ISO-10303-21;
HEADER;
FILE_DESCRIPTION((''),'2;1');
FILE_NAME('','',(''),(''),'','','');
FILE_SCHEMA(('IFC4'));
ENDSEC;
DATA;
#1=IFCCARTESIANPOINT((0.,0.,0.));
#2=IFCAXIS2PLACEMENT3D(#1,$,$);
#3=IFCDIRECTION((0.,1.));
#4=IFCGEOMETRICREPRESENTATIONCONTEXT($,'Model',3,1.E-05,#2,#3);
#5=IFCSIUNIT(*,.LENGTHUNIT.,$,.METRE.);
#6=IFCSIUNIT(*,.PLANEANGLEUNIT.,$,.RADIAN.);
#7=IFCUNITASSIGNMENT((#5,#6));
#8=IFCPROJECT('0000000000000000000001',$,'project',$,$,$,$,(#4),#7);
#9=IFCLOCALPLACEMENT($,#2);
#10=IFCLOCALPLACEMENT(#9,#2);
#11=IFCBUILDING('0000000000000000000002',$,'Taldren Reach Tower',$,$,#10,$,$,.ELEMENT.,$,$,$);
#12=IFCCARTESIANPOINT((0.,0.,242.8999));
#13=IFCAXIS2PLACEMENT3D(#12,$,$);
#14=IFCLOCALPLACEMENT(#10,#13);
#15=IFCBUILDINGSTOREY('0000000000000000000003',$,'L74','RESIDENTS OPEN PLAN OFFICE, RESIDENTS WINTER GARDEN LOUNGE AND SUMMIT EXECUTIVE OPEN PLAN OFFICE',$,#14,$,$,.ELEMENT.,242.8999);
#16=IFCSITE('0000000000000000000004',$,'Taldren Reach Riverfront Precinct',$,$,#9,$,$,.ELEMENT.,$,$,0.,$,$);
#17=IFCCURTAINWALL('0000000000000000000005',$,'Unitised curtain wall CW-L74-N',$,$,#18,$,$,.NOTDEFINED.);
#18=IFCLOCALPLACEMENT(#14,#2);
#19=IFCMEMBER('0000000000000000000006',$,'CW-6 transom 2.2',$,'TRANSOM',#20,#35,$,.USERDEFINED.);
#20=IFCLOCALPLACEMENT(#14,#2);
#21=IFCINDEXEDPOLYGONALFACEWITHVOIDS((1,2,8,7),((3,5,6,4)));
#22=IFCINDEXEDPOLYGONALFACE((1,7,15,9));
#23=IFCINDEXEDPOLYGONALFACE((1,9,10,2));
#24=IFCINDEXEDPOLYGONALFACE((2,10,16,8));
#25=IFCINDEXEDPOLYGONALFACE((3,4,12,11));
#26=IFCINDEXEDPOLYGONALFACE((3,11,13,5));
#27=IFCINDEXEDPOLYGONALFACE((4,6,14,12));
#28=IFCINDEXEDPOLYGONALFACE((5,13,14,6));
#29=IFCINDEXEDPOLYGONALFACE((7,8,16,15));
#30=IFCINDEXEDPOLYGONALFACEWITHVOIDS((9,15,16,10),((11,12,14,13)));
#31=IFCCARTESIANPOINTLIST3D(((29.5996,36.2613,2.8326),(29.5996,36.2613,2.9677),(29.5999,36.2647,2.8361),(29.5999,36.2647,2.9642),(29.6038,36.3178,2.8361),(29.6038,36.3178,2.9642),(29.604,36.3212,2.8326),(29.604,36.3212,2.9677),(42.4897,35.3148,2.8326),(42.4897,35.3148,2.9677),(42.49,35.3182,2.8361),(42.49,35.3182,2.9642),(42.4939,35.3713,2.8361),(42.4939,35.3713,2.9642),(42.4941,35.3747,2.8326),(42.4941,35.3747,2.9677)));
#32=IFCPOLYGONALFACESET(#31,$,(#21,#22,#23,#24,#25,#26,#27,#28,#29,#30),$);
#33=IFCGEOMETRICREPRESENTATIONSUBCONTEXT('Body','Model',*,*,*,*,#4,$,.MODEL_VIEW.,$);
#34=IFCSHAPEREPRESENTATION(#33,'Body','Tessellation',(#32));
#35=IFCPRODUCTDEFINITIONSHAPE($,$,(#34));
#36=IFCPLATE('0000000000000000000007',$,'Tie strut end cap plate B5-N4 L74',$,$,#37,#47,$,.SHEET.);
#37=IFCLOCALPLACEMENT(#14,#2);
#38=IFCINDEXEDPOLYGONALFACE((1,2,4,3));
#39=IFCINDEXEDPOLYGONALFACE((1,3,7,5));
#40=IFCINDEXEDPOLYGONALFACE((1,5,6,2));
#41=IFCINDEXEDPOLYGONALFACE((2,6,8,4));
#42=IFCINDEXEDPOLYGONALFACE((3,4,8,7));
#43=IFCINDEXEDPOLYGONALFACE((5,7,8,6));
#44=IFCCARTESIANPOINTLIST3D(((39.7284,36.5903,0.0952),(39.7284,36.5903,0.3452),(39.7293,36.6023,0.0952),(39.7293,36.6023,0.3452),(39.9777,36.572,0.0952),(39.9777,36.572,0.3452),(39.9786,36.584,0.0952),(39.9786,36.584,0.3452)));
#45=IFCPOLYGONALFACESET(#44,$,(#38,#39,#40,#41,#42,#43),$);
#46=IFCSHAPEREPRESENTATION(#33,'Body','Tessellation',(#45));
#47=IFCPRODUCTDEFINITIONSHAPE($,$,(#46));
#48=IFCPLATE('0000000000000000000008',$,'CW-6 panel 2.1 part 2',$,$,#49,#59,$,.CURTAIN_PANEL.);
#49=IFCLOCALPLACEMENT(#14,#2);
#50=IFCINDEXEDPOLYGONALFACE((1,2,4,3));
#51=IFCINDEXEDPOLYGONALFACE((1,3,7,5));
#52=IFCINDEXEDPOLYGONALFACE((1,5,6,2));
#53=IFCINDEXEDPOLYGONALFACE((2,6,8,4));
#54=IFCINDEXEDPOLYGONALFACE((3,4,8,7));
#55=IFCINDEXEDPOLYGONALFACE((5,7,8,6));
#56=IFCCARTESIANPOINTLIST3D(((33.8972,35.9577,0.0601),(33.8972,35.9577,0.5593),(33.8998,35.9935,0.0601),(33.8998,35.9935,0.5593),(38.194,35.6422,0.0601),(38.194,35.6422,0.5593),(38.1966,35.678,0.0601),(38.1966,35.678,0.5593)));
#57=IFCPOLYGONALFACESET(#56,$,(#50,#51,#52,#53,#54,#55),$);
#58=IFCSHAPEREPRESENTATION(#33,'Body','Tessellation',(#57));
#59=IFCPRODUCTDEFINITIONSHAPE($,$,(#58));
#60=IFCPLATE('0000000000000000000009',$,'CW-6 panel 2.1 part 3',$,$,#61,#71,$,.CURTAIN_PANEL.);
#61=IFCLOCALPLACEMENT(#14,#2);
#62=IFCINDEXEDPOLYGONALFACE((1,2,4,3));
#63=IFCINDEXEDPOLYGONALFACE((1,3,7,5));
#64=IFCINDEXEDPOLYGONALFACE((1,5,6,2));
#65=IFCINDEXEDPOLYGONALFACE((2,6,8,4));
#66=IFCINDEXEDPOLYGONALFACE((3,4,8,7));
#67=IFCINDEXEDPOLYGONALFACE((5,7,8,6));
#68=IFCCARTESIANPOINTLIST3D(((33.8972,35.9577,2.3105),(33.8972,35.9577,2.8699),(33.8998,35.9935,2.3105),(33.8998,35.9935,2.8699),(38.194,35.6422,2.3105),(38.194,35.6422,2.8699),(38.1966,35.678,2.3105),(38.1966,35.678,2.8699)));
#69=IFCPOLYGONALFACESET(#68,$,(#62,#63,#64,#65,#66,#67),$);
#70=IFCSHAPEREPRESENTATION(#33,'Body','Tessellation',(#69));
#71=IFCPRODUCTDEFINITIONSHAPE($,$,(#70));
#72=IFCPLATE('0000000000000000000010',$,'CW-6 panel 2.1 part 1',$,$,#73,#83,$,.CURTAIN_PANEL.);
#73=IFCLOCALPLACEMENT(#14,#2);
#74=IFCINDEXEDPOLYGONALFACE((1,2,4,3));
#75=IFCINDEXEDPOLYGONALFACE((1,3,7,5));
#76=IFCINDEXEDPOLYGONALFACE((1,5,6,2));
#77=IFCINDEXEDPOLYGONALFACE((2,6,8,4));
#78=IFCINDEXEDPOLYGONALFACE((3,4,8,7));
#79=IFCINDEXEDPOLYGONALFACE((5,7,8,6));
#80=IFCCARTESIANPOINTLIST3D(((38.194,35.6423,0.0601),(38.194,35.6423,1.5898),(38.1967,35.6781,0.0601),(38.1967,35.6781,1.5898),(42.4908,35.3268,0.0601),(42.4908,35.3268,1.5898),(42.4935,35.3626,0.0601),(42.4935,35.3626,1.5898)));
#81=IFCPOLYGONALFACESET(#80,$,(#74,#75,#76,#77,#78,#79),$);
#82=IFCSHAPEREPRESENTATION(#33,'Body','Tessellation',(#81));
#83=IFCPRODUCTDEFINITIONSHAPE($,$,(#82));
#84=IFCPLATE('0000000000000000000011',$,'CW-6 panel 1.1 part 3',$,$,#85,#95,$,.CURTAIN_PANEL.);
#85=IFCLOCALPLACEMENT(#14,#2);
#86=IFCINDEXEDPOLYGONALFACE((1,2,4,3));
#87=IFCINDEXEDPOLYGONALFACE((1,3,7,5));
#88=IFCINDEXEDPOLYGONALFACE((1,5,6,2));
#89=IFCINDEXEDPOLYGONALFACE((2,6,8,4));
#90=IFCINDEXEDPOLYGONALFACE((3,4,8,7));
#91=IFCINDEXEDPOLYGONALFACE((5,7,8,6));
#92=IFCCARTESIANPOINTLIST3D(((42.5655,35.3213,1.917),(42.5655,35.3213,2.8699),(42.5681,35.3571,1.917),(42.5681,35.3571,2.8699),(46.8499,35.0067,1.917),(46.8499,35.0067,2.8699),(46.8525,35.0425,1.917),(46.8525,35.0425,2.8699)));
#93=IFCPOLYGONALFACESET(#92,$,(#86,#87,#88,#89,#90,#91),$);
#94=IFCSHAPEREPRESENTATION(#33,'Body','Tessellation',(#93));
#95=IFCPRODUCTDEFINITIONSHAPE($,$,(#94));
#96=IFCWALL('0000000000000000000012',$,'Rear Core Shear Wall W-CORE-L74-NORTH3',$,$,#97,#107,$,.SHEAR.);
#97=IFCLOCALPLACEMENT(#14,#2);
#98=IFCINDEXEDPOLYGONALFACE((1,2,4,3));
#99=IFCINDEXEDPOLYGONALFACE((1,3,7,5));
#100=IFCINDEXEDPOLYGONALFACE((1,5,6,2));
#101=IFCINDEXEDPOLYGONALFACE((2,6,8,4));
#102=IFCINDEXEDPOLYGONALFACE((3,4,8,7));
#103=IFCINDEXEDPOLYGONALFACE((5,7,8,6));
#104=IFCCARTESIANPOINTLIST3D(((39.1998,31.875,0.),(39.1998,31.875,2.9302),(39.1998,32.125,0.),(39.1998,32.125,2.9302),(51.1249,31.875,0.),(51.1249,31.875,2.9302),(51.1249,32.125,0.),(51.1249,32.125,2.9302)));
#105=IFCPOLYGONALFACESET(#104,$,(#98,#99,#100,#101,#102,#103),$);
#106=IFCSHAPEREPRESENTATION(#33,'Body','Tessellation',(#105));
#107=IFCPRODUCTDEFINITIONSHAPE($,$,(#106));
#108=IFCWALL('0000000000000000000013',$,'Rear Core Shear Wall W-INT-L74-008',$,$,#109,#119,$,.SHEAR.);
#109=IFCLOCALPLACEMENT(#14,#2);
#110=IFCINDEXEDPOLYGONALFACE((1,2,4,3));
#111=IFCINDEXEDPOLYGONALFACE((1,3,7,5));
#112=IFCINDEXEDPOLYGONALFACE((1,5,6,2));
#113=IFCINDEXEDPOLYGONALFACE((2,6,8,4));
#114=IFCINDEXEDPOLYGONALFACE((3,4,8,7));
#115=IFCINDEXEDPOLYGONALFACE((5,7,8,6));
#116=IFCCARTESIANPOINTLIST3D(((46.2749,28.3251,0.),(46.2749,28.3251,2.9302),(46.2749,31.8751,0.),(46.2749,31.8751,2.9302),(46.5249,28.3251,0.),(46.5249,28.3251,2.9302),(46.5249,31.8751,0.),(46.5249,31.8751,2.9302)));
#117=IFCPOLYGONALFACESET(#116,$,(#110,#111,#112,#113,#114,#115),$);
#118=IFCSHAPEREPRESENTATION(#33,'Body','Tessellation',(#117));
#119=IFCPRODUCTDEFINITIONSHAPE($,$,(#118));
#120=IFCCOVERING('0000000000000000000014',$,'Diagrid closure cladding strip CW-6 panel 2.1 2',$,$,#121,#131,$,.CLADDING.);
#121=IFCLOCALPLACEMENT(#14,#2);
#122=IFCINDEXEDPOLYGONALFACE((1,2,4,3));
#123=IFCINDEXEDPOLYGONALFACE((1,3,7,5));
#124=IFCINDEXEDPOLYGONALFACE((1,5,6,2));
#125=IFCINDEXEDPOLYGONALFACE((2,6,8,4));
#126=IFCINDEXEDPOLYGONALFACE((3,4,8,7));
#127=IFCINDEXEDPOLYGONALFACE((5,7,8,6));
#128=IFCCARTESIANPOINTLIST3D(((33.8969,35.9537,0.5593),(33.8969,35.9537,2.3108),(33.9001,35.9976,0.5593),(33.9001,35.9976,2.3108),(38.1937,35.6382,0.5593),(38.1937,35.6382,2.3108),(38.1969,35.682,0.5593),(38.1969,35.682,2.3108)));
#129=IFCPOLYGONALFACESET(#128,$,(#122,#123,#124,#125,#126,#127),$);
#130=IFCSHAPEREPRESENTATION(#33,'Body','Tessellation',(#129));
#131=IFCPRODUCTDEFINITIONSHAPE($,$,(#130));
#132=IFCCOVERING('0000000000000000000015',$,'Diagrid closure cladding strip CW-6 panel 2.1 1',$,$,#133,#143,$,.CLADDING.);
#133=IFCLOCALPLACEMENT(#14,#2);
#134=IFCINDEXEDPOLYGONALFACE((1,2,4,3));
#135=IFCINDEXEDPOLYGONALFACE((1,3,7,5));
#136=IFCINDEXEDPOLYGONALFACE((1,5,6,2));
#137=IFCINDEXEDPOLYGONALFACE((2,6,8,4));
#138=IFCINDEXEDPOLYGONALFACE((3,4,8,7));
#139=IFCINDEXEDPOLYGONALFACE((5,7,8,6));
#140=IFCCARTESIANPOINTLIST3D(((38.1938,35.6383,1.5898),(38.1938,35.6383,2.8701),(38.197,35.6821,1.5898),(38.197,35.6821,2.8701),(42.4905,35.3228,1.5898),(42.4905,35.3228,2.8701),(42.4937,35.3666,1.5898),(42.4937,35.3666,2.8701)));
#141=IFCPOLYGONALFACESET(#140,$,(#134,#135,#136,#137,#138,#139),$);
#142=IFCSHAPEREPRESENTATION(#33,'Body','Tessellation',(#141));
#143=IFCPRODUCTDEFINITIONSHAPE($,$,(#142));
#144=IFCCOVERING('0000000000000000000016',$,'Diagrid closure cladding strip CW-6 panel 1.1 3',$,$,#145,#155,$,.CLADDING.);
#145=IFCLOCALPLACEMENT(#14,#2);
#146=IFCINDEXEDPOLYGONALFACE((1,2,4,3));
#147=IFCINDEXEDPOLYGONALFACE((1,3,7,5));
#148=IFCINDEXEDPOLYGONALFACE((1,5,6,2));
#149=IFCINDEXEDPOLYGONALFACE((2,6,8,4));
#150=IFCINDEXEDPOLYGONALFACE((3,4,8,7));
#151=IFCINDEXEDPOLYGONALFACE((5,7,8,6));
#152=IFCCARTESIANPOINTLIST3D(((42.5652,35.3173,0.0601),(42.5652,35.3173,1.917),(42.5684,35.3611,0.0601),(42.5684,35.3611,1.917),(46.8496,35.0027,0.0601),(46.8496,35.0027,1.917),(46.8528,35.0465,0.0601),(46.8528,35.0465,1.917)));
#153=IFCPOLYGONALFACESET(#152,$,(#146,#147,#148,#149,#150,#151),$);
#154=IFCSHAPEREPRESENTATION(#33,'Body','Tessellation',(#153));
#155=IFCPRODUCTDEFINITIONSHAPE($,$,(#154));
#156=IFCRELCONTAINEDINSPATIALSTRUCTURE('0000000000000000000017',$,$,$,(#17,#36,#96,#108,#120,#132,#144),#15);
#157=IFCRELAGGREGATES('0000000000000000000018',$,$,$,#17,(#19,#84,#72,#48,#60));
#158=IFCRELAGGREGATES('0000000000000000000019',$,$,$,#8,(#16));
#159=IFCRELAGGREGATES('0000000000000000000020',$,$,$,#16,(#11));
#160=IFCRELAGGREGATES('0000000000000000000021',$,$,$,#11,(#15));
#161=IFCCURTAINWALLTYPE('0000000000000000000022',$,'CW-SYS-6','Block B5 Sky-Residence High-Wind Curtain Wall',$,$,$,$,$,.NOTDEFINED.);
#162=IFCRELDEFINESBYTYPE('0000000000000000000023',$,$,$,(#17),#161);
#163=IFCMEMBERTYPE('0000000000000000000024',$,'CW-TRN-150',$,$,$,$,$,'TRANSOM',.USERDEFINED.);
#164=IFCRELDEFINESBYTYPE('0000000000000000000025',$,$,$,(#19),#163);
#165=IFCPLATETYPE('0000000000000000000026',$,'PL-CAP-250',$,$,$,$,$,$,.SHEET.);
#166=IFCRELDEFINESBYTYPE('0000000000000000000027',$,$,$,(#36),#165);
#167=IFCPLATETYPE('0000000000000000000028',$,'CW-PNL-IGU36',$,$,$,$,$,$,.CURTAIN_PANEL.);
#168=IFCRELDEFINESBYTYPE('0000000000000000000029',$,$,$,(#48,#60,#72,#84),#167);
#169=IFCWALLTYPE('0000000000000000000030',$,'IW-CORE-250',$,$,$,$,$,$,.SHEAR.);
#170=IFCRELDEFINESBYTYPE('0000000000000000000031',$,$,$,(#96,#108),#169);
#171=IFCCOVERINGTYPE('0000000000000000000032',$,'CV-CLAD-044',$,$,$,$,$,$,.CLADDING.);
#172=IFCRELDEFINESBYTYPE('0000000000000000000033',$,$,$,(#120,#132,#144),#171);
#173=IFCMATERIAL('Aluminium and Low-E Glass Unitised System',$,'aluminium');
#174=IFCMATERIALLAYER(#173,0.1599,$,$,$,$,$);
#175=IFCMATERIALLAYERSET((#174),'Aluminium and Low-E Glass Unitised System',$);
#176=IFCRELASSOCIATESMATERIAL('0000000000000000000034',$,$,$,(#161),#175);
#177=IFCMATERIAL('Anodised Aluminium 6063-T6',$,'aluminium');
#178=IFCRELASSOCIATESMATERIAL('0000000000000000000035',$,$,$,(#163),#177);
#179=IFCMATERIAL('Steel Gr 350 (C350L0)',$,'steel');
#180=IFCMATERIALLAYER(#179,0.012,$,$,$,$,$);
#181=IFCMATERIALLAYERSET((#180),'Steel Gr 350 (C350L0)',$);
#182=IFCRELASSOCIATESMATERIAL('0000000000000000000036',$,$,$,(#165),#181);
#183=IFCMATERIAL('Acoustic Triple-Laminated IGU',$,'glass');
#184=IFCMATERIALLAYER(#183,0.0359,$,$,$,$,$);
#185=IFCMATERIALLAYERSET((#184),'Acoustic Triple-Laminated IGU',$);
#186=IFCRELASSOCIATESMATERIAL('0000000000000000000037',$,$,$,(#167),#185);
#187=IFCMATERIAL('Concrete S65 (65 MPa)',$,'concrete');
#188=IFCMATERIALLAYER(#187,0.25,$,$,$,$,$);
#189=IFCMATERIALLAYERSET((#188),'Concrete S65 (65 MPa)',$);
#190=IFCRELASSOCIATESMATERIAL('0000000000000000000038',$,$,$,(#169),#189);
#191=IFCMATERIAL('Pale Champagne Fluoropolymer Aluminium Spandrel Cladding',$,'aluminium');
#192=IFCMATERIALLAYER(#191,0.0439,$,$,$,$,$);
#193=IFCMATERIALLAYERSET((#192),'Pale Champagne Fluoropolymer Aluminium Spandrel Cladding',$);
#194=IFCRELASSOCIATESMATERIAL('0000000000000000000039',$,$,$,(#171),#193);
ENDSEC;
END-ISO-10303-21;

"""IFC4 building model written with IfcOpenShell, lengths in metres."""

from ifc_helpers import new_model, si_unit, direction, frame, frame_2d, origin, origin_2d, place, context, subcontext, project, spatial, rectangle, hollow_rectangle, extrude, source, transform, mapped, material, layer, layer_set, material_profile, profile_set, type_object, element, aggregate, save


model = new_model("IFC4")

# Units and contexts
model_context = context("Model", 3, precision=1e-05, world=origin(), true_north=direction((0.0, 1.0)))
body_context = subcontext(model_context, "Body", "Model", "MODEL_VIEW")
ifc_project = project(units=[si_unit("LENGTHUNIT", "METRE"), si_unit("PLANEANGLEUNIT", "RADIAN")], contexts=[model_context])

# Site, building, storey
site_placement = place(None, origin())
site = spatial("IfcSite", under=ifc_project, at=site_placement, Name="Taldren Reach Riverfront Precinct", CompositionType="ELEMENT", RefElevation=0.0)
building_placement = place(site_placement, origin())
building = spatial("IfcBuilding", under=site, at=building_placement, Name="Taldren Reach Tower", CompositionType="ELEMENT")
storey_placement = place(building_placement, frame((0.0, 0.0, 242.8999)))
storey = spatial("IfcBuildingStorey", under=building, at=storey_placement, Name="L74", Description="RESIDENTS OPEN PLAN OFFICE, RESIDENTS WINTER GARDEN LOUNGE AND SUMMIT EXECUTIVE OPEN PLAN OFFICE", CompositionType="ELEMENT", Elevation=242.8999)

# Shared definitions
ifc_material_1 = material(Name="Steel Gr 350 (C350L0)", Category="steel")

# Curtain wall, member
ifc_material_2 = material(Name="Aluminium and Low-E Glass Unitised System", Category="aluminium")
ifc_layer_1 = layer(ifc_material_2, 0.1599)
ifc_layer_set_1 = layer_set([ifc_layer_1], Name="Aluminium and Low-E Glass Unitised System")
curtain_wall_type = type_object("IfcCurtainWallType", Name="CW-SYS-6", Description="Block B5 Sky-Residence High-Wind Curtain Wall", PredefinedType="NOTDEFINED", material=ifc_layer_set_1)
curtain_wall_placement = place(storey_placement, origin())
curtain_wall = element("IfcCurtainWall", 1, at=curtain_wall_placement, inside=storey, type_object=curtain_wall_type, Name="Unitised curtain wall CW-L74-N", PredefinedType="NOTDEFINED")
ifc_material_3 = material(Name="Anodised Aluminium 6063-T6", Category="aluminium")
ifc_material_profile_1 = material_profile(ifc_material_3, hollow_rectangle(XDim=0.0601, YDim=0.135, WallThickness=0.0034, at=origin_2d()), Name="ALU-135x60x3.5RHS")
ifc_profile_set_1 = profile_set([ifc_material_profile_1], Name="Anodised Aluminium 6063-T6")
member_type_1 = type_object("IfcMemberType", Name="CW-TRN-150", ElementType="TRANSOM", PredefinedType="USERDEFINED", material=ifc_profile_set_1)
shared_shape_1 = source(origin(), body_context, "Body", "SweptSolid", [
    extrude(hollow_rectangle(XDim=0.0601, YDim=0.135, WallThickness=0.0034, at=origin_2d()), origin(), (0.0, 0.0, 1.0), 12.9248),
])
member_1_placement = place(storey_placement, frame((42.4919, 35.3447, 2.9001), z_axis=(-0.997315, 0.073234, 0.0), x_axis=(-0.073234, -0.997315, 0.0)))
member_1 = element("IfcMember", 2, at=member_1_placement, type_object=member_type_1, Name="CW-6 transom 2.2", ObjectType="TRANSOM", PredefinedType="USERDEFINED", context=body_context, shape_type="MappedRepresentation", body=[
    mapped(shared_shape_1, transform((0.0, 0.0, 0.0), scale=1.0)),
])

# Plates
ifc_layer_2 = layer(ifc_material_1, 0.012)
ifc_layer_set_2 = layer_set([ifc_layer_2], Name="Steel Gr 350 (C350L0)")
plate_type_1 = type_object("IfcPlateType", Name="PL-CAP-250", PredefinedType="SHEET", material=ifc_layer_set_2)
shared_shape_2 = source(origin(), body_context, "Body", "SweptSolid", [
    extrude(rectangle(XDim=0.25, YDim=0.012, at=origin_2d()), origin(), (0.0, 0.0, 1.0), 0.25),
])
plate_1_placement = place(storey_placement, frame((39.8535, 36.5872, 0.0952), z_axis=(0.0, 0.0, 1.0), x_axis=(0.997314, -0.073238, 0.0)))
element("IfcPlate", 3, at=plate_1_placement, inside=storey, type_object=plate_type_1, Name="Tie strut end cap plate B5-N4 L74", PredefinedType="SHEET", context=body_context, shape_type="MappedRepresentation", body=[
    mapped(shared_shape_2, transform((0.0, 0.0, 0.0), scale=1.0)),
])
ifc_material_4 = material(Name="Acoustic Triple-Laminated IGU", Category="glass")
ifc_layer_3 = layer(ifc_material_4, 0.0359)
ifc_layer_set_3 = layer_set([ifc_layer_3], Name="Acoustic Triple-Laminated IGU")
plate_type_2 = type_object("IfcPlateType", Name="CW-PNL-IGU36", PredefinedType="CURTAIN_PANEL", material=ifc_layer_set_3)
shared_shape_3 = source(origin(), body_context, "Body", "SweptSolid", [
    extrude(rectangle(XDim=4.3083, YDim=0.0359, at=origin_2d()), origin(), (0.0, 0.0, 1.0), 0.4993),
])
plate_2_placement = place(storey_placement, frame((36.0469, 35.8179, 0.0601), z_axis=(0.0, 0.0, 1.0), x_axis=(-0.997314, 0.073238, 0.0)))
plate_2 = element("IfcPlate", 4, at=plate_2_placement, type_object=plate_type_2, Name="CW-6 panel 2.1 part 2", PredefinedType="CURTAIN_PANEL", context=body_context, shape_type="MappedRepresentation", body=[
    mapped(shared_shape_3, transform((0.0, 0.0, 0.0), scale=1.0)),
])
shared_shape_4 = source(origin(), body_context, "Body", "SweptSolid", [
    extrude(rectangle(XDim=4.3083, YDim=0.0359, at=origin_2d()), origin(), (0.0, 0.0, 1.0), 0.5593),
])
plate_3_placement = place(storey_placement, frame((36.0469, 35.8179, 2.3105), z_axis=(0.0, 0.0, 1.0), x_axis=(-0.997314, 0.073238, 0.0)))
plate_3 = element("IfcPlate", 5, at=plate_3_placement, type_object=plate_type_2, Name="CW-6 panel 2.1 part 3", PredefinedType="CURTAIN_PANEL", context=body_context, shape_type="MappedRepresentation", body=[
    mapped(shared_shape_4, transform((0.0, 0.0, 0.0), scale=1.0)),
])
shared_shape_5 = source(origin(), body_context, "Body", "SweptSolid", [
    extrude(rectangle(XDim=4.3083, YDim=0.0359, at=origin_2d()), origin(), (0.0, 0.0, 1.0), 1.5298),
])
plate_4_placement = place(storey_placement, frame((40.3438, 35.5024, 0.0601), z_axis=(0.0, 0.0, 1.0), x_axis=(-0.997314, 0.073238, 0.0)))
plate_4 = element("IfcPlate", 6, at=plate_4_placement, type_object=plate_type_2, Name="CW-6 panel 2.1 part 1", PredefinedType="CURTAIN_PANEL", context=body_context, shape_type="MappedRepresentation", body=[
    mapped(shared_shape_5, transform((0.0, 0.0, 0.0), scale=1.0)),
])
shared_shape_6 = source(origin(), body_context, "Body", "SweptSolid", [
    extrude(rectangle(XDim=4.2959, YDim=0.0359, at=origin_2d()), origin(), (0.0, 0.0, 1.0), 0.9529),
])
plate_5_placement = place(storey_placement, frame((44.709, 35.1819, 1.917), z_axis=(0.0, 0.0, 1.0), x_axis=(-0.997314, 0.073238, 0.0)))
plate_5 = element("IfcPlate", 7, at=plate_5_placement, type_object=plate_type_2, Name="CW-6 panel 1.1 part 3", PredefinedType="CURTAIN_PANEL", context=body_context, shape_type="MappedRepresentation", body=[
    mapped(shared_shape_6, transform((0.0, 0.0, 0.0), scale=1.0)),
])
aggregate(curtain_wall, [member_1, plate_5, plate_4, plate_2, plate_3])

# Walls
ifc_material_5 = material(Name="Concrete S65 (65 MPa)", Category="concrete")
ifc_layer_4 = layer(ifc_material_5, 0.25)
ifc_layer_set_4 = layer_set([ifc_layer_4], Name="Concrete S65 (65 MPa)")
wall_type = type_object("IfcWallType", Name="IW-CORE-250", PredefinedType="SHEAR", material=ifc_layer_set_4)
shared_shape_7 = source(origin(), body_context, "Body", "SweptSolid", [
    extrude(rectangle(XDim=11.925, YDim=0.25, at=frame_2d((5.9624, 0.0))), origin(), (0.0, 0.0, 1.0), 2.9302),
])
wall_1_placement = place(storey_placement, frame((39.2, 32.0, 0.0), z_axis=(0.0, 0.0, 1.0), x_axis=(1.0, 0.0, 0.0)))
element("IfcWall", 8, at=wall_1_placement, inside=storey, type_object=wall_type, Name="Rear Core Shear Wall W-CORE-L74-NORTH3", PredefinedType="SHEAR", context=body_context, shape_type="MappedRepresentation", body=[
    mapped(shared_shape_7, transform((0.0, 0.0, 0.0), scale=1.0)),
])
shared_shape_8 = source(origin(), body_context, "Body", "SweptSolid", [
    extrude(rectangle(XDim=3.55, YDim=0.25, at=frame_2d((1.7749, 0.0))), origin(), (0.0, 0.0, 1.0), 2.9302),
])
wall_2_placement = place(storey_placement, frame((46.3999, 31.875, 0.0), z_axis=(0.0, 0.0, 1.0), x_axis=(0.0, -1.0, 0.0)))
element("IfcWall", 9, at=wall_2_placement, inside=storey, type_object=wall_type, Name="Rear Core Shear Wall W-INT-L74-008", PredefinedType="SHEAR", context=body_context, shape_type="MappedRepresentation", body=[
    mapped(shared_shape_8, transform((0.0, 0.0, 0.0), scale=1.0)),
])

# Coverings
ifc_material_6 = material(Name="Pale Champagne Fluoropolymer Aluminium Spandrel Cladding", Category="aluminium")
ifc_layer_5 = layer(ifc_material_6, 0.0439)
ifc_layer_set_5 = layer_set([ifc_layer_5], Name="Pale Champagne Fluoropolymer Aluminium Spandrel Cladding")
covering_type = type_object("IfcCoveringType", Name="CV-CLAD-044", PredefinedType="CLADDING", material=ifc_layer_set_5)
shared_shape_9 = source(origin(), body_context, "Body", "SweptSolid", [
    extrude(rectangle(XDim=4.3083, YDim=0.0439, at=origin_2d()), origin(), (0.0, 0.0, 1.0), 1.7515),
])
covering_1_placement = place(storey_placement, frame((36.0469, 35.8179, 0.5593), z_axis=(0.0, 0.0, 1.0), x_axis=(-0.997314, 0.073238, 0.0)))
element("IfcCovering", 10, at=covering_1_placement, inside=storey, type_object=covering_type, Name="Diagrid closure cladding strip CW-6 panel 2.1 2", PredefinedType="CLADDING", context=body_context, shape_type="MappedRepresentation", body=[
    mapped(shared_shape_9, transform((0.0, 0.0, 0.0), scale=1.0)),
])
shared_shape_10 = source(origin(), body_context, "Body", "SweptSolid", [
    extrude(rectangle(XDim=4.3083, YDim=0.0439, at=origin_2d()), origin(), (0.0, 0.0, 1.0), 1.2803),
])
covering_2_placement = place(storey_placement, frame((40.3438, 35.5024, 1.5898), z_axis=(0.0, 0.0, 1.0), x_axis=(-0.997314, 0.073238, 0.0)))
element("IfcCovering", 11, at=covering_2_placement, inside=storey, type_object=covering_type, Name="Diagrid closure cladding strip CW-6 panel 2.1 1", PredefinedType="CLADDING", context=body_context, shape_type="MappedRepresentation", body=[
    mapped(shared_shape_10, transform((0.0, 0.0, 0.0), scale=1.0)),
])
shared_shape_11 = source(origin(), body_context, "Body", "SweptSolid", [
    extrude(rectangle(XDim=4.2959, YDim=0.0439, at=origin_2d()), origin(), (0.0, 0.0, 1.0), 1.8569),
])
covering_3_placement = place(storey_placement, frame((44.709, 35.1819, 0.0601), z_axis=(0.0, 0.0, 1.0), x_axis=(-0.997314, 0.073238, 0.0)))
element("IfcCovering", 12, at=covering_3_placement, inside=storey, type_object=covering_type, Name="Diagrid closure cladding strip CW-6 panel 1.1 3", PredefinedType="CLADDING", context=body_context, shape_type="MappedRepresentation", body=[
    mapped(shared_shape_11, transform((0.0, 0.0, 0.0), scale=1.0)),
])

save(model, "model.ifc")
